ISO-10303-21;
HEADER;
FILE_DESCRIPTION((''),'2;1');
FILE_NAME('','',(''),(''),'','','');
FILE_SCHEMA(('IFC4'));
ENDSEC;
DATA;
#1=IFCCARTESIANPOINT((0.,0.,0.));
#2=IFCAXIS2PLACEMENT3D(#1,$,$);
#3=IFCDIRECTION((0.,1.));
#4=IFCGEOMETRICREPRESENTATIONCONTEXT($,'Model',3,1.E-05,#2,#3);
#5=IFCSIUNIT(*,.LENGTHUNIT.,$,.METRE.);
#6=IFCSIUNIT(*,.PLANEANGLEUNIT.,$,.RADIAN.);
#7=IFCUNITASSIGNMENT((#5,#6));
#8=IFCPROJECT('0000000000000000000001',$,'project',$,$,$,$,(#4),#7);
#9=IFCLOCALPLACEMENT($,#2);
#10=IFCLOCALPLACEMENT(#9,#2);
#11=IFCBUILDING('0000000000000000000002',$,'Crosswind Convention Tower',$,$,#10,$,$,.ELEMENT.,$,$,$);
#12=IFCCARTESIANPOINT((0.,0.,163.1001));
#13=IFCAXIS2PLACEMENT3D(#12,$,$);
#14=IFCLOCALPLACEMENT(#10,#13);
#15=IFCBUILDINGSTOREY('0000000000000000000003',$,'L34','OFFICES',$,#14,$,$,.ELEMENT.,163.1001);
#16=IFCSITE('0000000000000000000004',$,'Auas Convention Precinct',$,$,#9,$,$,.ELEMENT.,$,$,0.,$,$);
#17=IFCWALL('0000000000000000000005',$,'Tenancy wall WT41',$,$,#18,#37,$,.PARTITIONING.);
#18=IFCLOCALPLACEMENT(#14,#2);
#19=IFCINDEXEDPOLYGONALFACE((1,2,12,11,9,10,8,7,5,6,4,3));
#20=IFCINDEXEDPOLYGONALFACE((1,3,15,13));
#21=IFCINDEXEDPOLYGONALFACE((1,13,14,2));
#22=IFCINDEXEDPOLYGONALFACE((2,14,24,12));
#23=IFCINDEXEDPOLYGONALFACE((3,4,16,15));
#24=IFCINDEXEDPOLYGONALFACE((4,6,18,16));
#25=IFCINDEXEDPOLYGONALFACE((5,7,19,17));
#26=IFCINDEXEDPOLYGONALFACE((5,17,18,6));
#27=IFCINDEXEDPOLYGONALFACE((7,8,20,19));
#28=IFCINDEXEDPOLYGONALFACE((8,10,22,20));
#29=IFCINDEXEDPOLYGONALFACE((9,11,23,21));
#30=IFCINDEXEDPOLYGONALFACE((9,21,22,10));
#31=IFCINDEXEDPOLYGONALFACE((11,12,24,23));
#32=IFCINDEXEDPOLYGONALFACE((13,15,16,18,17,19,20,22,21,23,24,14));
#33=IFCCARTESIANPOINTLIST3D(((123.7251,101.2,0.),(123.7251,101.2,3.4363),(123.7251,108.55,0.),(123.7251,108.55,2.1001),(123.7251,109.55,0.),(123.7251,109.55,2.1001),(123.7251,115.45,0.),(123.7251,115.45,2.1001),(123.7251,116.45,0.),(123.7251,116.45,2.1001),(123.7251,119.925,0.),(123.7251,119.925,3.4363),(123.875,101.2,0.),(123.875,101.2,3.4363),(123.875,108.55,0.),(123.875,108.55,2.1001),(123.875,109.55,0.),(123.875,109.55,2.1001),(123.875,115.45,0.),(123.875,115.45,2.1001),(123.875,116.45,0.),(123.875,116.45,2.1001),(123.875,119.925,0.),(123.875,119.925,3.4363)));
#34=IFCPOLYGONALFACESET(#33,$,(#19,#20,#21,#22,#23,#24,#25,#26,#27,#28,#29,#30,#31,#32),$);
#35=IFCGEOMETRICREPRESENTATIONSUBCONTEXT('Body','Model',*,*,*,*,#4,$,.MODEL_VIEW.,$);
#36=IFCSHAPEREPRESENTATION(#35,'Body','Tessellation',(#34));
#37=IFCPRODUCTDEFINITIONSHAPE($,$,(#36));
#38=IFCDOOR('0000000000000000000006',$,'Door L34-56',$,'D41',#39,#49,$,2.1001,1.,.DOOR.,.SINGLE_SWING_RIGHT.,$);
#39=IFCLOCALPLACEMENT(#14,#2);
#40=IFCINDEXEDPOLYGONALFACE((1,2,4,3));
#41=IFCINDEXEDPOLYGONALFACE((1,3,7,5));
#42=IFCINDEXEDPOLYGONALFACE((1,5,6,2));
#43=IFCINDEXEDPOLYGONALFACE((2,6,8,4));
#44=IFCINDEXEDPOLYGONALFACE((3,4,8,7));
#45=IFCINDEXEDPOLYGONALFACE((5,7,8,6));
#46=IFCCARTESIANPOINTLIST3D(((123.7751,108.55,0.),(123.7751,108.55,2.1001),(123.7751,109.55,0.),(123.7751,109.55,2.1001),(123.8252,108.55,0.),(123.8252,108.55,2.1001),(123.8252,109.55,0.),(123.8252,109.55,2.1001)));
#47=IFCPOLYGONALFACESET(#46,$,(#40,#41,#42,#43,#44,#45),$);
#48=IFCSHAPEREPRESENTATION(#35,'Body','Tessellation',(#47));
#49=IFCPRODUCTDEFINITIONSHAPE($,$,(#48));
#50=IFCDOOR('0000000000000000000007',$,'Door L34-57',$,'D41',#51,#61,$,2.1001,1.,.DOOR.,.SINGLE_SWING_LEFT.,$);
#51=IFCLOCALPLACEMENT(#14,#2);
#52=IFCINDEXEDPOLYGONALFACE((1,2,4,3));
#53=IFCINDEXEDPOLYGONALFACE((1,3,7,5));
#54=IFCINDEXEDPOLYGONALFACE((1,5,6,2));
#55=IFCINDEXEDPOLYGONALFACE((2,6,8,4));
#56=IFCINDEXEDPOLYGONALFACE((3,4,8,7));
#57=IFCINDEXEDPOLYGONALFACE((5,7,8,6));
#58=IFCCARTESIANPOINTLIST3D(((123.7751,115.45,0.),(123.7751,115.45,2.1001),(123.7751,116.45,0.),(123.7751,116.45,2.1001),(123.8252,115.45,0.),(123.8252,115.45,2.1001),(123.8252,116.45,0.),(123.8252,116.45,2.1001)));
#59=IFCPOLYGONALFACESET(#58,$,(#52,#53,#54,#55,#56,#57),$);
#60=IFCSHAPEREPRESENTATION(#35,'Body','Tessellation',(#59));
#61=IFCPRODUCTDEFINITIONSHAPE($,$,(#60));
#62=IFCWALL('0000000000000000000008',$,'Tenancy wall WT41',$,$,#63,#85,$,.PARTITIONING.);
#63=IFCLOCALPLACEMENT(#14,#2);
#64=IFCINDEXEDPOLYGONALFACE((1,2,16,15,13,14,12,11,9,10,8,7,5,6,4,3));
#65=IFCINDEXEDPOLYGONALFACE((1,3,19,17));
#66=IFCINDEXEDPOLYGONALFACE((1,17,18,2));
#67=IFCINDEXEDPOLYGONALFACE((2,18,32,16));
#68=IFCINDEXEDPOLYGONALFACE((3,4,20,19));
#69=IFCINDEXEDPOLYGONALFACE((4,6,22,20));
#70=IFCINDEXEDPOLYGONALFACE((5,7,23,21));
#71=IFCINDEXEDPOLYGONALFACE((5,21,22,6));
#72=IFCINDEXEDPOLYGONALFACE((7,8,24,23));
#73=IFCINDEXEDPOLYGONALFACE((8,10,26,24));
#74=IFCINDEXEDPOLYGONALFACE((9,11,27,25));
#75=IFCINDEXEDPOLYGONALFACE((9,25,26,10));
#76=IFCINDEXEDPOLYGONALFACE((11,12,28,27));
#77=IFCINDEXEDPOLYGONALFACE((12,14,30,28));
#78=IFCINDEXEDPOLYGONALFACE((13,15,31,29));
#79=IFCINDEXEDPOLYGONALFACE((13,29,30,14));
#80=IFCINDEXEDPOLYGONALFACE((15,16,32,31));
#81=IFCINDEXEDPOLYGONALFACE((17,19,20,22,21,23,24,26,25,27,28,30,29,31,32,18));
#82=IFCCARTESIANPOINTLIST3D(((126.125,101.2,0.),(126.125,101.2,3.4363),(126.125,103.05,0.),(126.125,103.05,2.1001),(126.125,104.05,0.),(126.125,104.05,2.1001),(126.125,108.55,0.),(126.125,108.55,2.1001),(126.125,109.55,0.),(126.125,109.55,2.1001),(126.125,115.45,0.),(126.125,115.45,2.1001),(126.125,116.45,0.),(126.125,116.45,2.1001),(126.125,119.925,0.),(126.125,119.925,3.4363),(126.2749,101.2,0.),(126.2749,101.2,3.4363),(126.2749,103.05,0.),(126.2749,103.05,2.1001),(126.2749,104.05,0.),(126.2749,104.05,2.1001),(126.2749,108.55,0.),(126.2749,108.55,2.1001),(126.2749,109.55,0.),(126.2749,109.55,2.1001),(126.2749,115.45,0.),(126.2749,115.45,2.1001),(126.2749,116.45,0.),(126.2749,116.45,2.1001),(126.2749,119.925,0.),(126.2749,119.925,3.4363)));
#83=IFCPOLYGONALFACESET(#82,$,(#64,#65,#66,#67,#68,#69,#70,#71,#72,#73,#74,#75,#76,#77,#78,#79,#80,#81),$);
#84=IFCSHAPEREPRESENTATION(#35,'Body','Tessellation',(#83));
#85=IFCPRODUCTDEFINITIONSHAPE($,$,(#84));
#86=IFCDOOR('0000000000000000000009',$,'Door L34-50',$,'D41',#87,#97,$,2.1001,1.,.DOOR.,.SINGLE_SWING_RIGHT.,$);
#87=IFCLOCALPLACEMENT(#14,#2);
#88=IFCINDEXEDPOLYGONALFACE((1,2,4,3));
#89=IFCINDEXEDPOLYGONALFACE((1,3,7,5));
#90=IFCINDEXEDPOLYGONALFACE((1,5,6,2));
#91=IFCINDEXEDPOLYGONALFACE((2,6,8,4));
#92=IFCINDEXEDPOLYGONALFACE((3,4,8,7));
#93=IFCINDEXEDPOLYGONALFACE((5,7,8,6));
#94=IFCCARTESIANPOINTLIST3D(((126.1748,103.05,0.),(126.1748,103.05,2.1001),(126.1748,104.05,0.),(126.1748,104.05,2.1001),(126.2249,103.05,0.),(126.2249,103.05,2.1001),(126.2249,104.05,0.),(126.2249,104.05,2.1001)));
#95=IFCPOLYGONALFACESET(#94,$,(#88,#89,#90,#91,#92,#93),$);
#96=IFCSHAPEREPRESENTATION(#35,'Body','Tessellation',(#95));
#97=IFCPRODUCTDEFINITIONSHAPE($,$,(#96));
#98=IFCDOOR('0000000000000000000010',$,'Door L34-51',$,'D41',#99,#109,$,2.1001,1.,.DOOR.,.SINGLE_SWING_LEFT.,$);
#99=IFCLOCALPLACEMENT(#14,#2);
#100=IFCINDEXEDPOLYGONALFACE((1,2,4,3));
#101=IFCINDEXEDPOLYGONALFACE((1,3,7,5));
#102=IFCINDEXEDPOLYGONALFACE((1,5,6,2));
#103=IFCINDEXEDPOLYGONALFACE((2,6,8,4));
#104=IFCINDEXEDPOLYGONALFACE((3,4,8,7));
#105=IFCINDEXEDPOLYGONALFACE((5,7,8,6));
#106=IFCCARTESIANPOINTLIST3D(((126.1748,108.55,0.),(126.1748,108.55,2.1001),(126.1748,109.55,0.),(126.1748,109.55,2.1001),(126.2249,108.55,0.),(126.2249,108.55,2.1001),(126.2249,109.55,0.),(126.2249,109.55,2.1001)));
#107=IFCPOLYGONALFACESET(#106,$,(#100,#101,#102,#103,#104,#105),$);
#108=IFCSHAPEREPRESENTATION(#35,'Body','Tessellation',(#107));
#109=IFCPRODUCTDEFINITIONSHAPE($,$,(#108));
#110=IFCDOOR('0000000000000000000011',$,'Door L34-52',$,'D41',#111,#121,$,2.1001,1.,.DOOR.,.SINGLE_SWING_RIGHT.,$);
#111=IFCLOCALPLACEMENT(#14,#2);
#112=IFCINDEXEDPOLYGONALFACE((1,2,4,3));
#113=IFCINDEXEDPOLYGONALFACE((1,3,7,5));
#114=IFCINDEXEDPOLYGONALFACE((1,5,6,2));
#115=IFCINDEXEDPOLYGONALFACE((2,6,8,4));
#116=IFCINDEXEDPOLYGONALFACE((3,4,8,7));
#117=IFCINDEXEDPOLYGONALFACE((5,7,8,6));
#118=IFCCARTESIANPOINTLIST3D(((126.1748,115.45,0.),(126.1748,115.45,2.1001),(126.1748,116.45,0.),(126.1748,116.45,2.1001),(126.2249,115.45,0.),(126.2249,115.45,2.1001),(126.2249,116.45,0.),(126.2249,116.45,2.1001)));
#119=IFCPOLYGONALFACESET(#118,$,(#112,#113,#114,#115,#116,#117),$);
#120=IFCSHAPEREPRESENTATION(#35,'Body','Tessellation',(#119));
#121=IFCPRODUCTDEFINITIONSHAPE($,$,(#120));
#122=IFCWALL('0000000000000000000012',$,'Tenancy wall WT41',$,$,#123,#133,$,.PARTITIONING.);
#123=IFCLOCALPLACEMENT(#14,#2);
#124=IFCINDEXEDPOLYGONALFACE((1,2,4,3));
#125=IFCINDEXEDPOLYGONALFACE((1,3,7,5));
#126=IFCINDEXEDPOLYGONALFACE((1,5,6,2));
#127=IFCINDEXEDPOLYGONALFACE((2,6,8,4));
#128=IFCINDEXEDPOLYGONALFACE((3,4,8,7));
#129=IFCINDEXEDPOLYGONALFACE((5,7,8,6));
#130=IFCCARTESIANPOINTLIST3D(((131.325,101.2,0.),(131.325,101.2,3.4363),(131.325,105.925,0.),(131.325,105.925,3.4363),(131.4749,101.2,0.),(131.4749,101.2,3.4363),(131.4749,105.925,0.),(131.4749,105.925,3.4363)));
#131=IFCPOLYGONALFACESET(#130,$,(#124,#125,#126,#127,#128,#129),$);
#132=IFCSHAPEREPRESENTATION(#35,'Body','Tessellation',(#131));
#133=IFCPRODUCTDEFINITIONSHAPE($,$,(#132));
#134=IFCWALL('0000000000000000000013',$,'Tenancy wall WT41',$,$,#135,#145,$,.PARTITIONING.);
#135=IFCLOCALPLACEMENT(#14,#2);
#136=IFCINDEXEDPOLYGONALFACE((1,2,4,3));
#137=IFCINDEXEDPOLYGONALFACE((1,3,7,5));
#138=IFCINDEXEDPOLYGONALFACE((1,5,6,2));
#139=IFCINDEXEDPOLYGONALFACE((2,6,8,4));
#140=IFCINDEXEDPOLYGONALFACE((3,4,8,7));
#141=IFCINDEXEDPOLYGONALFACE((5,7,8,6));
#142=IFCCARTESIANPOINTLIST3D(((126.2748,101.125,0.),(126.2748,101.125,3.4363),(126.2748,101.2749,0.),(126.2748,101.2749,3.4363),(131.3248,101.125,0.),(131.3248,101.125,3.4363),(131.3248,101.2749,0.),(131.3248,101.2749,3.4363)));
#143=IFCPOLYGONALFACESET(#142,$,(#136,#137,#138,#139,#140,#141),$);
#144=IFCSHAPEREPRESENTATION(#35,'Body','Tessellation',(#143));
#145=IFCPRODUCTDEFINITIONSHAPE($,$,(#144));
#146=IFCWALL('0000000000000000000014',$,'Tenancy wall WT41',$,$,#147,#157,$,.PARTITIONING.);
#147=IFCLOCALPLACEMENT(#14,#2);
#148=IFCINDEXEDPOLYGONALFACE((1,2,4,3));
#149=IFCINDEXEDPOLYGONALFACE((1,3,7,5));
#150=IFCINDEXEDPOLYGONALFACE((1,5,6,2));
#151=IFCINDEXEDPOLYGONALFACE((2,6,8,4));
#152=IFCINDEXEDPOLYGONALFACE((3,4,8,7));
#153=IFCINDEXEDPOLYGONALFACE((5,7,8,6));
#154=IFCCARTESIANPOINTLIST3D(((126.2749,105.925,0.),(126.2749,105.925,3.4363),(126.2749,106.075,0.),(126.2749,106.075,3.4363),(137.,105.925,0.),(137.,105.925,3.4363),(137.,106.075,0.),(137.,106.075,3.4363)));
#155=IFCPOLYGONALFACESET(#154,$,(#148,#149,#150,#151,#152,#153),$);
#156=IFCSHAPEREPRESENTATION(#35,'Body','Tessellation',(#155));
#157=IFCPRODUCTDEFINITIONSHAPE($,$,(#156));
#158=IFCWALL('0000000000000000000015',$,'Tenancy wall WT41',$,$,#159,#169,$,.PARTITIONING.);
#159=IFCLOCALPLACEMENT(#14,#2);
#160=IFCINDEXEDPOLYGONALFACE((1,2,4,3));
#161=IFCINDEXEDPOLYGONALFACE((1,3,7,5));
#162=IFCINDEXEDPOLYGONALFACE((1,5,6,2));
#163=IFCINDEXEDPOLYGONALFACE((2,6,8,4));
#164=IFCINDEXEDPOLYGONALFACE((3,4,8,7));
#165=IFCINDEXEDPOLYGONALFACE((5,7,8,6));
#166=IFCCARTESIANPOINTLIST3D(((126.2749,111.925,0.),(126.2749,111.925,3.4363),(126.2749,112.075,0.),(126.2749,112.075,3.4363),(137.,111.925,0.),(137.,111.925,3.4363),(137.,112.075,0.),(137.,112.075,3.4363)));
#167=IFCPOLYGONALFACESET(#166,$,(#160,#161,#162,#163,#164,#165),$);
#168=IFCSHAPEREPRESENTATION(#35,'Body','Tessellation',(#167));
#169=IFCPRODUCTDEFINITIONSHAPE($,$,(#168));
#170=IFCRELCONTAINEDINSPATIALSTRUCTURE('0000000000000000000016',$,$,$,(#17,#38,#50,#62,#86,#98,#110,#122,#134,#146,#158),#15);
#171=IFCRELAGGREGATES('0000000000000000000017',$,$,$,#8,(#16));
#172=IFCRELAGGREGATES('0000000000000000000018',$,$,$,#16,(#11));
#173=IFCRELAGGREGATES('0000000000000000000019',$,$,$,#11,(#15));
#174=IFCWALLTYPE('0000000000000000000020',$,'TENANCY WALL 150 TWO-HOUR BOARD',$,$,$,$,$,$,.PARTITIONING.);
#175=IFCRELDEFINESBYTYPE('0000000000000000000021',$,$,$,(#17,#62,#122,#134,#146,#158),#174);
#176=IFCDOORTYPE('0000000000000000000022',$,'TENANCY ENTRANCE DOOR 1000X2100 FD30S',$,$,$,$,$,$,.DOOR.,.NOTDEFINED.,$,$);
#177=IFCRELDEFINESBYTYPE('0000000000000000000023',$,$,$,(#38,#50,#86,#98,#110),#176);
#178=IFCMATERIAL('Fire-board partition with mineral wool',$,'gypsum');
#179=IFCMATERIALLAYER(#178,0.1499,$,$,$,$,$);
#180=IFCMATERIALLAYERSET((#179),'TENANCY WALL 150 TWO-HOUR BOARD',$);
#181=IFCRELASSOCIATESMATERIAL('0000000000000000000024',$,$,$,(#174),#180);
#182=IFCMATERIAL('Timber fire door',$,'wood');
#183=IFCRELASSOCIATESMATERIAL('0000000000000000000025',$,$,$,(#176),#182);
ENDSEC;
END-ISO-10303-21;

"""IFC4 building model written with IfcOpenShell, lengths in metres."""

from ifc_helpers import new_model, si_unit, direction, frame, frame_2d, origin, place, context, subcontext, project, spatial, rectangle, extrude, material, layer, layer_set, type_object, element, fill, save


model = new_model("IFC4")

# Units and contexts
model_context = context("Model", 3, precision=1e-05, world=origin(), true_north=direction((0.0, 1.0)))
body_context = subcontext(model_context, "Body", "Model", "MODEL_VIEW")
ifc_project = project(units=[si_unit("LENGTHUNIT", "METRE"), si_unit("PLANEANGLEUNIT", "RADIAN")], contexts=[model_context])

# Site, building, storey
site_placement = place(None, origin())
site = spatial("IfcSite", under=ifc_project, at=site_placement, Name="Auas Convention Precinct", CompositionType="ELEMENT", RefElevation=0.0)
building_placement = place(site_placement, origin())
building = spatial("IfcBuilding", under=site, at=building_placement, Name="Crosswind Convention Tower", CompositionType="ELEMENT")
storey_placement = place(building_placement, frame((0.0, 0.0, 163.1001)))
storey = spatial("IfcBuildingStorey", under=building, at=storey_placement, Name="L34", Description="OFFICES", CompositionType="ELEMENT", Elevation=163.1001)

# Walls, openings, doors
ifc_material_1 = material(Name="Fire-board partition with mineral wool", Category="gypsum")
ifc_layer_1 = layer(ifc_material_1, 0.1499)
ifc_layer_set_1 = layer_set([ifc_layer_1], Name="TENANCY WALL 150 TWO-HOUR BOARD")
wall_type_1 = type_object("IfcWallType", Name="TENANCY WALL 150 TWO-HOUR BOARD", PredefinedType="PARTITIONING", material=ifc_layer_set_1)
wall_1_placement = place(storey_placement, frame((123.8, 101.2, 0.0), z_axis=(0.0, 0.0, 1.0), x_axis=(0.0, 1.0, 0.0)))
wall_1 = element("IfcWall", 1, at=wall_1_placement, inside=storey, type_object=wall_type_1, Name="Tenancy wall WT41", PredefinedType="PARTITIONING", context=body_context, shape_type="SweptSolid", body=[
    extrude(rectangle(XDim=18.7251, YDim=0.1499, at=frame_2d((9.3625, 0.0))), origin(), (0.0, 0.0, 1.0), 3.4363),
])
opening_1_placement = place(wall_1_placement, frame((7.3501, 0.0, 0.0)))
opening_1 = element("IfcOpeningElement", 2, at=opening_1_placement, cuts=wall_1, PredefinedType="OPENING", context=body_context, shape_type="SweptSolid", body=[
    extrude(rectangle(XDim=1.0, YDim=2.1001, at=frame_2d((0.5, 1.05))), frame((0.0, 0.085, 0.0), z_axis=(0.0, -1.0, 0.0), x_axis=(1.0, 0.0, 0.0)), (0.0, 0.0, 1.0), 0.1699),
])
opening_2_placement = place(wall_1_placement, frame((14.25, 0.0, 0.0)))
opening_2 = element("IfcOpeningElement", 3, at=opening_2_placement, cuts=wall_1, PredefinedType="OPENING", context=body_context, shape_type="SweptSolid", body=[
    extrude(rectangle(XDim=1.0, YDim=2.1001, at=frame_2d((0.5, 1.05))), frame((0.0, 0.085, 0.0), z_axis=(0.0, -1.0, 0.0), x_axis=(1.0, 0.0, 0.0)), (0.0, 0.0, 1.0), 0.1699),
])
ifc_material_2 = material(Name="Timber fire door", Category="wood")
door_type_1 = type_object("IfcDoorType", Name="TENANCY ENTRANCE DOOR 1000X2100 FD30S", OperationType="NOTDEFINED", PredefinedType="DOOR", material=ifc_material_2)
door_1_placement = place(opening_1_placement, origin())
door_1 = element("IfcDoor", 4, at=door_1_placement, inside=storey, type_object=door_type_1, Name="Door L34-56", ObjectType="D41", OperationType="SINGLE_SWING_RIGHT", OverallHeight=2.1001, OverallWidth=1.0, PredefinedType="DOOR", context=body_context, shape_type="SweptSolid", body=[
    extrude(rectangle(XDim=1.0, YDim=2.1001, at=frame_2d((0.5, 1.05))), frame((0.0, 0.0249, 0.0), z_axis=(0.0, -1.0, 0.0), x_axis=(1.0, 0.0, 0.0)), (0.0, 0.0, 1.0), 0.05),
])
fill(opening_1, door_1)
door_2_placement = place(opening_2_placement, origin())
door_2 = element("IfcDoor", 5, at=door_2_placement, inside=storey, type_object=door_type_1, Name="Door L34-57", ObjectType="D41", OperationType="SINGLE_SWING_LEFT", OverallHeight=2.1001, OverallWidth=1.0, PredefinedType="DOOR", context=body_context, shape_type="SweptSolid", body=[
    extrude(rectangle(XDim=1.0, YDim=2.1001, at=frame_2d((0.5, 1.05))), frame((0.0, 0.0249, 0.0), z_axis=(0.0, -1.0, 0.0), x_axis=(1.0, 0.0, 0.0)), (0.0, 0.0, 1.0), 0.05),
])
fill(opening_2, door_2)
wall_2_placement = place(storey_placement, frame((126.2, 101.2, 0.0), z_axis=(0.0, 0.0, 1.0), x_axis=(0.0, 1.0, 0.0)))
wall_2 = element("IfcWall", 6, at=wall_2_placement, inside=storey, type_object=wall_type_1, Name="Tenancy wall WT41", PredefinedType="PARTITIONING", context=body_context, shape_type="SweptSolid", body=[
    extrude(rectangle(XDim=18.7251, YDim=0.1499, at=frame_2d((9.3625, 0.0))), origin(), (0.0, 0.0, 1.0), 3.4363),
])
opening_3_placement = place(wall_2_placement, frame((1.8501, 0.0, 0.0)))
opening_3 = element("IfcOpeningElement", 7, at=opening_3_placement, cuts=wall_2, PredefinedType="OPENING", context=body_context, shape_type="SweptSolid", body=[
    extrude(rectangle(XDim=1.0, YDim=2.1001, at=frame_2d((0.5, 1.05))), frame((0.0, 0.085, 0.0), z_axis=(0.0, -1.0, 0.0), x_axis=(1.0, 0.0, 0.0)), (0.0, 0.0, 1.0), 0.1699),
])
opening_4_placement = place(wall_2_placement, frame((7.3501, 0.0, 0.0)))
opening_4 = element("IfcOpeningElement", 8, at=opening_4_placement, cuts=wall_2, PredefinedType="OPENING", context=body_context, shape_type="SweptSolid", body=[
    extrude(rectangle(XDim=1.0, YDim=2.1001, at=frame_2d((0.5, 1.05))), frame((0.0, 0.085, 0.0), z_axis=(0.0, -1.0, 0.0), x_axis=(1.0, 0.0, 0.0)), (0.0, 0.0, 1.0), 0.1699),
])
opening_5_placement = place(wall_2_placement, frame((14.25, 0.0, 0.0)))
opening_5 = element("IfcOpeningElement", 9, at=opening_5_placement, cuts=wall_2, PredefinedType="OPENING", context=body_context, shape_type="SweptSolid", body=[
    extrude(rectangle(XDim=1.0, YDim=2.1001, at=frame_2d((0.5, 1.05))), frame((0.0, 0.085, 0.0), z_axis=(0.0, -1.0, 0.0), x_axis=(1.0, 0.0, 0.0)), (0.0, 0.0, 1.0), 0.1699),
])
door_3_placement = place(opening_3_placement, frame((1.0, 0.0, 0.0), z_axis=(0.0, 0.0, 1.0), x_axis=(-1.0, 0.0, 0.0)))
door_3 = element("IfcDoor", 10, at=door_3_placement, inside=storey, type_object=door_type_1, Name="Door L34-50", ObjectType="D41", OperationType="SINGLE_SWING_RIGHT", OverallHeight=2.1001, OverallWidth=1.0, PredefinedType="DOOR", context=body_context, shape_type="SweptSolid", body=[
    extrude(rectangle(XDim=1.0, YDim=2.1001, at=frame_2d((0.5, 1.05))), frame((0.0, 0.0249, 0.0), z_axis=(0.0, -1.0, 0.0), x_axis=(1.0, 0.0, 0.0)), (0.0, 0.0, 1.0), 0.05),
])
fill(opening_3, door_3)
door_4_placement = place(opening_4_placement, frame((1.0, 0.0, 0.0), z_axis=(0.0, 0.0, 1.0), x_axis=(-1.0, 0.0, 0.0)))
door_4 = element("IfcDoor", 11, at=door_4_placement, inside=storey, type_object=door_type_1, Name="Door L34-51", ObjectType="D41", OperationType="SINGLE_SWING_LEFT", OverallHeight=2.1001, OverallWidth=1.0, PredefinedType="DOOR", context=body_context, shape_type="SweptSolid", body=[
    extrude(rectangle(XDim=1.0, YDim=2.1001, at=frame_2d((0.5, 1.05))), frame((0.0, 0.0249, 0.0), z_axis=(0.0, -1.0, 0.0), x_axis=(1.0, 0.0, 0.0)), (0.0, 0.0, 1.0), 0.05),
])
fill(opening_4, door_4)
door_5_placement = place(opening_5_placement, frame((1.0, 0.0, 0.0), z_axis=(0.0, 0.0, 1.0), x_axis=(-1.0, 0.0, 0.0)))
door_5 = element("IfcDoor", 12, at=door_5_placement, inside=storey, type_object=door_type_1, Name="Door L34-52", ObjectType="D41", OperationType="SINGLE_SWING_RIGHT", OverallHeight=2.1001, OverallWidth=1.0, PredefinedType="DOOR", context=body_context, shape_type="SweptSolid", body=[
    extrude(rectangle(XDim=1.0, YDim=2.1001, at=frame_2d((0.5, 1.05))), frame((0.0, 0.0249, 0.0), z_axis=(0.0, -1.0, 0.0), x_axis=(1.0, 0.0, 0.0)), (0.0, 0.0, 1.0), 0.05),
])
fill(opening_5, door_5)

# Walls
wall_3_placement = place(storey_placement, frame((131.3999, 101.2, 0.0), z_axis=(0.0, 0.0, 1.0), x_axis=(0.0, 1.0, 0.0)))
element("IfcWall", 13, at=wall_3_placement, inside=storey, type_object=wall_type_1, Name="Tenancy wall WT41", PredefinedType="PARTITIONING", context=body_context, shape_type="SweptSolid", body=[
    extrude(rectangle(XDim=4.7251, YDim=0.1499, at=frame_2d((2.3625, 0.0))), origin(), (0.0, 0.0, 1.0), 3.4363),
])
wall_4_placement = place(storey_placement, frame((126.2749, 101.2, 0.0), z_axis=(0.0, 0.0, 1.0), x_axis=(1.0, 0.0, 0.0)))
element("IfcWall", 14, at=wall_4_placement, inside=storey, type_object=wall_type_1, Name="Tenancy wall WT41", PredefinedType="PARTITIONING", context=body_context, shape_type="SweptSolid", body=[
    extrude(rectangle(XDim=5.05, YDim=0.1499, at=frame_2d((2.5249, 0.0))), origin(), (0.0, 0.0, 1.0), 3.4363),
])
for number, where, z_axis, x_axis, name in (
    (15, (126.2749, 106.0, 0.0), (0.0, 0.0, 1.0), (1.0, 0.0, 0.0), "Tenancy wall WT41"),
    (16, (126.2749, 112.0, 0.0), (0.0, 0.0, 1.0), (1.0, 0.0, 0.0), "Tenancy wall WT41"),
):
    element("IfcWall", number, at=place(storey_placement, frame(where, z_axis=z_axis, x_axis=x_axis)), inside=storey, type_object=wall_type_1, Name=name, PredefinedType="PARTITIONING", context=body_context, shape_type="SweptSolid", body=[
        extrude(rectangle(XDim=10.7251, YDim=0.1499, at=frame_2d((5.3625, 0.0))), origin(), (0.0, 0.0, 1.0), 3.4363),
    ])

save(model, "model.ifc")
